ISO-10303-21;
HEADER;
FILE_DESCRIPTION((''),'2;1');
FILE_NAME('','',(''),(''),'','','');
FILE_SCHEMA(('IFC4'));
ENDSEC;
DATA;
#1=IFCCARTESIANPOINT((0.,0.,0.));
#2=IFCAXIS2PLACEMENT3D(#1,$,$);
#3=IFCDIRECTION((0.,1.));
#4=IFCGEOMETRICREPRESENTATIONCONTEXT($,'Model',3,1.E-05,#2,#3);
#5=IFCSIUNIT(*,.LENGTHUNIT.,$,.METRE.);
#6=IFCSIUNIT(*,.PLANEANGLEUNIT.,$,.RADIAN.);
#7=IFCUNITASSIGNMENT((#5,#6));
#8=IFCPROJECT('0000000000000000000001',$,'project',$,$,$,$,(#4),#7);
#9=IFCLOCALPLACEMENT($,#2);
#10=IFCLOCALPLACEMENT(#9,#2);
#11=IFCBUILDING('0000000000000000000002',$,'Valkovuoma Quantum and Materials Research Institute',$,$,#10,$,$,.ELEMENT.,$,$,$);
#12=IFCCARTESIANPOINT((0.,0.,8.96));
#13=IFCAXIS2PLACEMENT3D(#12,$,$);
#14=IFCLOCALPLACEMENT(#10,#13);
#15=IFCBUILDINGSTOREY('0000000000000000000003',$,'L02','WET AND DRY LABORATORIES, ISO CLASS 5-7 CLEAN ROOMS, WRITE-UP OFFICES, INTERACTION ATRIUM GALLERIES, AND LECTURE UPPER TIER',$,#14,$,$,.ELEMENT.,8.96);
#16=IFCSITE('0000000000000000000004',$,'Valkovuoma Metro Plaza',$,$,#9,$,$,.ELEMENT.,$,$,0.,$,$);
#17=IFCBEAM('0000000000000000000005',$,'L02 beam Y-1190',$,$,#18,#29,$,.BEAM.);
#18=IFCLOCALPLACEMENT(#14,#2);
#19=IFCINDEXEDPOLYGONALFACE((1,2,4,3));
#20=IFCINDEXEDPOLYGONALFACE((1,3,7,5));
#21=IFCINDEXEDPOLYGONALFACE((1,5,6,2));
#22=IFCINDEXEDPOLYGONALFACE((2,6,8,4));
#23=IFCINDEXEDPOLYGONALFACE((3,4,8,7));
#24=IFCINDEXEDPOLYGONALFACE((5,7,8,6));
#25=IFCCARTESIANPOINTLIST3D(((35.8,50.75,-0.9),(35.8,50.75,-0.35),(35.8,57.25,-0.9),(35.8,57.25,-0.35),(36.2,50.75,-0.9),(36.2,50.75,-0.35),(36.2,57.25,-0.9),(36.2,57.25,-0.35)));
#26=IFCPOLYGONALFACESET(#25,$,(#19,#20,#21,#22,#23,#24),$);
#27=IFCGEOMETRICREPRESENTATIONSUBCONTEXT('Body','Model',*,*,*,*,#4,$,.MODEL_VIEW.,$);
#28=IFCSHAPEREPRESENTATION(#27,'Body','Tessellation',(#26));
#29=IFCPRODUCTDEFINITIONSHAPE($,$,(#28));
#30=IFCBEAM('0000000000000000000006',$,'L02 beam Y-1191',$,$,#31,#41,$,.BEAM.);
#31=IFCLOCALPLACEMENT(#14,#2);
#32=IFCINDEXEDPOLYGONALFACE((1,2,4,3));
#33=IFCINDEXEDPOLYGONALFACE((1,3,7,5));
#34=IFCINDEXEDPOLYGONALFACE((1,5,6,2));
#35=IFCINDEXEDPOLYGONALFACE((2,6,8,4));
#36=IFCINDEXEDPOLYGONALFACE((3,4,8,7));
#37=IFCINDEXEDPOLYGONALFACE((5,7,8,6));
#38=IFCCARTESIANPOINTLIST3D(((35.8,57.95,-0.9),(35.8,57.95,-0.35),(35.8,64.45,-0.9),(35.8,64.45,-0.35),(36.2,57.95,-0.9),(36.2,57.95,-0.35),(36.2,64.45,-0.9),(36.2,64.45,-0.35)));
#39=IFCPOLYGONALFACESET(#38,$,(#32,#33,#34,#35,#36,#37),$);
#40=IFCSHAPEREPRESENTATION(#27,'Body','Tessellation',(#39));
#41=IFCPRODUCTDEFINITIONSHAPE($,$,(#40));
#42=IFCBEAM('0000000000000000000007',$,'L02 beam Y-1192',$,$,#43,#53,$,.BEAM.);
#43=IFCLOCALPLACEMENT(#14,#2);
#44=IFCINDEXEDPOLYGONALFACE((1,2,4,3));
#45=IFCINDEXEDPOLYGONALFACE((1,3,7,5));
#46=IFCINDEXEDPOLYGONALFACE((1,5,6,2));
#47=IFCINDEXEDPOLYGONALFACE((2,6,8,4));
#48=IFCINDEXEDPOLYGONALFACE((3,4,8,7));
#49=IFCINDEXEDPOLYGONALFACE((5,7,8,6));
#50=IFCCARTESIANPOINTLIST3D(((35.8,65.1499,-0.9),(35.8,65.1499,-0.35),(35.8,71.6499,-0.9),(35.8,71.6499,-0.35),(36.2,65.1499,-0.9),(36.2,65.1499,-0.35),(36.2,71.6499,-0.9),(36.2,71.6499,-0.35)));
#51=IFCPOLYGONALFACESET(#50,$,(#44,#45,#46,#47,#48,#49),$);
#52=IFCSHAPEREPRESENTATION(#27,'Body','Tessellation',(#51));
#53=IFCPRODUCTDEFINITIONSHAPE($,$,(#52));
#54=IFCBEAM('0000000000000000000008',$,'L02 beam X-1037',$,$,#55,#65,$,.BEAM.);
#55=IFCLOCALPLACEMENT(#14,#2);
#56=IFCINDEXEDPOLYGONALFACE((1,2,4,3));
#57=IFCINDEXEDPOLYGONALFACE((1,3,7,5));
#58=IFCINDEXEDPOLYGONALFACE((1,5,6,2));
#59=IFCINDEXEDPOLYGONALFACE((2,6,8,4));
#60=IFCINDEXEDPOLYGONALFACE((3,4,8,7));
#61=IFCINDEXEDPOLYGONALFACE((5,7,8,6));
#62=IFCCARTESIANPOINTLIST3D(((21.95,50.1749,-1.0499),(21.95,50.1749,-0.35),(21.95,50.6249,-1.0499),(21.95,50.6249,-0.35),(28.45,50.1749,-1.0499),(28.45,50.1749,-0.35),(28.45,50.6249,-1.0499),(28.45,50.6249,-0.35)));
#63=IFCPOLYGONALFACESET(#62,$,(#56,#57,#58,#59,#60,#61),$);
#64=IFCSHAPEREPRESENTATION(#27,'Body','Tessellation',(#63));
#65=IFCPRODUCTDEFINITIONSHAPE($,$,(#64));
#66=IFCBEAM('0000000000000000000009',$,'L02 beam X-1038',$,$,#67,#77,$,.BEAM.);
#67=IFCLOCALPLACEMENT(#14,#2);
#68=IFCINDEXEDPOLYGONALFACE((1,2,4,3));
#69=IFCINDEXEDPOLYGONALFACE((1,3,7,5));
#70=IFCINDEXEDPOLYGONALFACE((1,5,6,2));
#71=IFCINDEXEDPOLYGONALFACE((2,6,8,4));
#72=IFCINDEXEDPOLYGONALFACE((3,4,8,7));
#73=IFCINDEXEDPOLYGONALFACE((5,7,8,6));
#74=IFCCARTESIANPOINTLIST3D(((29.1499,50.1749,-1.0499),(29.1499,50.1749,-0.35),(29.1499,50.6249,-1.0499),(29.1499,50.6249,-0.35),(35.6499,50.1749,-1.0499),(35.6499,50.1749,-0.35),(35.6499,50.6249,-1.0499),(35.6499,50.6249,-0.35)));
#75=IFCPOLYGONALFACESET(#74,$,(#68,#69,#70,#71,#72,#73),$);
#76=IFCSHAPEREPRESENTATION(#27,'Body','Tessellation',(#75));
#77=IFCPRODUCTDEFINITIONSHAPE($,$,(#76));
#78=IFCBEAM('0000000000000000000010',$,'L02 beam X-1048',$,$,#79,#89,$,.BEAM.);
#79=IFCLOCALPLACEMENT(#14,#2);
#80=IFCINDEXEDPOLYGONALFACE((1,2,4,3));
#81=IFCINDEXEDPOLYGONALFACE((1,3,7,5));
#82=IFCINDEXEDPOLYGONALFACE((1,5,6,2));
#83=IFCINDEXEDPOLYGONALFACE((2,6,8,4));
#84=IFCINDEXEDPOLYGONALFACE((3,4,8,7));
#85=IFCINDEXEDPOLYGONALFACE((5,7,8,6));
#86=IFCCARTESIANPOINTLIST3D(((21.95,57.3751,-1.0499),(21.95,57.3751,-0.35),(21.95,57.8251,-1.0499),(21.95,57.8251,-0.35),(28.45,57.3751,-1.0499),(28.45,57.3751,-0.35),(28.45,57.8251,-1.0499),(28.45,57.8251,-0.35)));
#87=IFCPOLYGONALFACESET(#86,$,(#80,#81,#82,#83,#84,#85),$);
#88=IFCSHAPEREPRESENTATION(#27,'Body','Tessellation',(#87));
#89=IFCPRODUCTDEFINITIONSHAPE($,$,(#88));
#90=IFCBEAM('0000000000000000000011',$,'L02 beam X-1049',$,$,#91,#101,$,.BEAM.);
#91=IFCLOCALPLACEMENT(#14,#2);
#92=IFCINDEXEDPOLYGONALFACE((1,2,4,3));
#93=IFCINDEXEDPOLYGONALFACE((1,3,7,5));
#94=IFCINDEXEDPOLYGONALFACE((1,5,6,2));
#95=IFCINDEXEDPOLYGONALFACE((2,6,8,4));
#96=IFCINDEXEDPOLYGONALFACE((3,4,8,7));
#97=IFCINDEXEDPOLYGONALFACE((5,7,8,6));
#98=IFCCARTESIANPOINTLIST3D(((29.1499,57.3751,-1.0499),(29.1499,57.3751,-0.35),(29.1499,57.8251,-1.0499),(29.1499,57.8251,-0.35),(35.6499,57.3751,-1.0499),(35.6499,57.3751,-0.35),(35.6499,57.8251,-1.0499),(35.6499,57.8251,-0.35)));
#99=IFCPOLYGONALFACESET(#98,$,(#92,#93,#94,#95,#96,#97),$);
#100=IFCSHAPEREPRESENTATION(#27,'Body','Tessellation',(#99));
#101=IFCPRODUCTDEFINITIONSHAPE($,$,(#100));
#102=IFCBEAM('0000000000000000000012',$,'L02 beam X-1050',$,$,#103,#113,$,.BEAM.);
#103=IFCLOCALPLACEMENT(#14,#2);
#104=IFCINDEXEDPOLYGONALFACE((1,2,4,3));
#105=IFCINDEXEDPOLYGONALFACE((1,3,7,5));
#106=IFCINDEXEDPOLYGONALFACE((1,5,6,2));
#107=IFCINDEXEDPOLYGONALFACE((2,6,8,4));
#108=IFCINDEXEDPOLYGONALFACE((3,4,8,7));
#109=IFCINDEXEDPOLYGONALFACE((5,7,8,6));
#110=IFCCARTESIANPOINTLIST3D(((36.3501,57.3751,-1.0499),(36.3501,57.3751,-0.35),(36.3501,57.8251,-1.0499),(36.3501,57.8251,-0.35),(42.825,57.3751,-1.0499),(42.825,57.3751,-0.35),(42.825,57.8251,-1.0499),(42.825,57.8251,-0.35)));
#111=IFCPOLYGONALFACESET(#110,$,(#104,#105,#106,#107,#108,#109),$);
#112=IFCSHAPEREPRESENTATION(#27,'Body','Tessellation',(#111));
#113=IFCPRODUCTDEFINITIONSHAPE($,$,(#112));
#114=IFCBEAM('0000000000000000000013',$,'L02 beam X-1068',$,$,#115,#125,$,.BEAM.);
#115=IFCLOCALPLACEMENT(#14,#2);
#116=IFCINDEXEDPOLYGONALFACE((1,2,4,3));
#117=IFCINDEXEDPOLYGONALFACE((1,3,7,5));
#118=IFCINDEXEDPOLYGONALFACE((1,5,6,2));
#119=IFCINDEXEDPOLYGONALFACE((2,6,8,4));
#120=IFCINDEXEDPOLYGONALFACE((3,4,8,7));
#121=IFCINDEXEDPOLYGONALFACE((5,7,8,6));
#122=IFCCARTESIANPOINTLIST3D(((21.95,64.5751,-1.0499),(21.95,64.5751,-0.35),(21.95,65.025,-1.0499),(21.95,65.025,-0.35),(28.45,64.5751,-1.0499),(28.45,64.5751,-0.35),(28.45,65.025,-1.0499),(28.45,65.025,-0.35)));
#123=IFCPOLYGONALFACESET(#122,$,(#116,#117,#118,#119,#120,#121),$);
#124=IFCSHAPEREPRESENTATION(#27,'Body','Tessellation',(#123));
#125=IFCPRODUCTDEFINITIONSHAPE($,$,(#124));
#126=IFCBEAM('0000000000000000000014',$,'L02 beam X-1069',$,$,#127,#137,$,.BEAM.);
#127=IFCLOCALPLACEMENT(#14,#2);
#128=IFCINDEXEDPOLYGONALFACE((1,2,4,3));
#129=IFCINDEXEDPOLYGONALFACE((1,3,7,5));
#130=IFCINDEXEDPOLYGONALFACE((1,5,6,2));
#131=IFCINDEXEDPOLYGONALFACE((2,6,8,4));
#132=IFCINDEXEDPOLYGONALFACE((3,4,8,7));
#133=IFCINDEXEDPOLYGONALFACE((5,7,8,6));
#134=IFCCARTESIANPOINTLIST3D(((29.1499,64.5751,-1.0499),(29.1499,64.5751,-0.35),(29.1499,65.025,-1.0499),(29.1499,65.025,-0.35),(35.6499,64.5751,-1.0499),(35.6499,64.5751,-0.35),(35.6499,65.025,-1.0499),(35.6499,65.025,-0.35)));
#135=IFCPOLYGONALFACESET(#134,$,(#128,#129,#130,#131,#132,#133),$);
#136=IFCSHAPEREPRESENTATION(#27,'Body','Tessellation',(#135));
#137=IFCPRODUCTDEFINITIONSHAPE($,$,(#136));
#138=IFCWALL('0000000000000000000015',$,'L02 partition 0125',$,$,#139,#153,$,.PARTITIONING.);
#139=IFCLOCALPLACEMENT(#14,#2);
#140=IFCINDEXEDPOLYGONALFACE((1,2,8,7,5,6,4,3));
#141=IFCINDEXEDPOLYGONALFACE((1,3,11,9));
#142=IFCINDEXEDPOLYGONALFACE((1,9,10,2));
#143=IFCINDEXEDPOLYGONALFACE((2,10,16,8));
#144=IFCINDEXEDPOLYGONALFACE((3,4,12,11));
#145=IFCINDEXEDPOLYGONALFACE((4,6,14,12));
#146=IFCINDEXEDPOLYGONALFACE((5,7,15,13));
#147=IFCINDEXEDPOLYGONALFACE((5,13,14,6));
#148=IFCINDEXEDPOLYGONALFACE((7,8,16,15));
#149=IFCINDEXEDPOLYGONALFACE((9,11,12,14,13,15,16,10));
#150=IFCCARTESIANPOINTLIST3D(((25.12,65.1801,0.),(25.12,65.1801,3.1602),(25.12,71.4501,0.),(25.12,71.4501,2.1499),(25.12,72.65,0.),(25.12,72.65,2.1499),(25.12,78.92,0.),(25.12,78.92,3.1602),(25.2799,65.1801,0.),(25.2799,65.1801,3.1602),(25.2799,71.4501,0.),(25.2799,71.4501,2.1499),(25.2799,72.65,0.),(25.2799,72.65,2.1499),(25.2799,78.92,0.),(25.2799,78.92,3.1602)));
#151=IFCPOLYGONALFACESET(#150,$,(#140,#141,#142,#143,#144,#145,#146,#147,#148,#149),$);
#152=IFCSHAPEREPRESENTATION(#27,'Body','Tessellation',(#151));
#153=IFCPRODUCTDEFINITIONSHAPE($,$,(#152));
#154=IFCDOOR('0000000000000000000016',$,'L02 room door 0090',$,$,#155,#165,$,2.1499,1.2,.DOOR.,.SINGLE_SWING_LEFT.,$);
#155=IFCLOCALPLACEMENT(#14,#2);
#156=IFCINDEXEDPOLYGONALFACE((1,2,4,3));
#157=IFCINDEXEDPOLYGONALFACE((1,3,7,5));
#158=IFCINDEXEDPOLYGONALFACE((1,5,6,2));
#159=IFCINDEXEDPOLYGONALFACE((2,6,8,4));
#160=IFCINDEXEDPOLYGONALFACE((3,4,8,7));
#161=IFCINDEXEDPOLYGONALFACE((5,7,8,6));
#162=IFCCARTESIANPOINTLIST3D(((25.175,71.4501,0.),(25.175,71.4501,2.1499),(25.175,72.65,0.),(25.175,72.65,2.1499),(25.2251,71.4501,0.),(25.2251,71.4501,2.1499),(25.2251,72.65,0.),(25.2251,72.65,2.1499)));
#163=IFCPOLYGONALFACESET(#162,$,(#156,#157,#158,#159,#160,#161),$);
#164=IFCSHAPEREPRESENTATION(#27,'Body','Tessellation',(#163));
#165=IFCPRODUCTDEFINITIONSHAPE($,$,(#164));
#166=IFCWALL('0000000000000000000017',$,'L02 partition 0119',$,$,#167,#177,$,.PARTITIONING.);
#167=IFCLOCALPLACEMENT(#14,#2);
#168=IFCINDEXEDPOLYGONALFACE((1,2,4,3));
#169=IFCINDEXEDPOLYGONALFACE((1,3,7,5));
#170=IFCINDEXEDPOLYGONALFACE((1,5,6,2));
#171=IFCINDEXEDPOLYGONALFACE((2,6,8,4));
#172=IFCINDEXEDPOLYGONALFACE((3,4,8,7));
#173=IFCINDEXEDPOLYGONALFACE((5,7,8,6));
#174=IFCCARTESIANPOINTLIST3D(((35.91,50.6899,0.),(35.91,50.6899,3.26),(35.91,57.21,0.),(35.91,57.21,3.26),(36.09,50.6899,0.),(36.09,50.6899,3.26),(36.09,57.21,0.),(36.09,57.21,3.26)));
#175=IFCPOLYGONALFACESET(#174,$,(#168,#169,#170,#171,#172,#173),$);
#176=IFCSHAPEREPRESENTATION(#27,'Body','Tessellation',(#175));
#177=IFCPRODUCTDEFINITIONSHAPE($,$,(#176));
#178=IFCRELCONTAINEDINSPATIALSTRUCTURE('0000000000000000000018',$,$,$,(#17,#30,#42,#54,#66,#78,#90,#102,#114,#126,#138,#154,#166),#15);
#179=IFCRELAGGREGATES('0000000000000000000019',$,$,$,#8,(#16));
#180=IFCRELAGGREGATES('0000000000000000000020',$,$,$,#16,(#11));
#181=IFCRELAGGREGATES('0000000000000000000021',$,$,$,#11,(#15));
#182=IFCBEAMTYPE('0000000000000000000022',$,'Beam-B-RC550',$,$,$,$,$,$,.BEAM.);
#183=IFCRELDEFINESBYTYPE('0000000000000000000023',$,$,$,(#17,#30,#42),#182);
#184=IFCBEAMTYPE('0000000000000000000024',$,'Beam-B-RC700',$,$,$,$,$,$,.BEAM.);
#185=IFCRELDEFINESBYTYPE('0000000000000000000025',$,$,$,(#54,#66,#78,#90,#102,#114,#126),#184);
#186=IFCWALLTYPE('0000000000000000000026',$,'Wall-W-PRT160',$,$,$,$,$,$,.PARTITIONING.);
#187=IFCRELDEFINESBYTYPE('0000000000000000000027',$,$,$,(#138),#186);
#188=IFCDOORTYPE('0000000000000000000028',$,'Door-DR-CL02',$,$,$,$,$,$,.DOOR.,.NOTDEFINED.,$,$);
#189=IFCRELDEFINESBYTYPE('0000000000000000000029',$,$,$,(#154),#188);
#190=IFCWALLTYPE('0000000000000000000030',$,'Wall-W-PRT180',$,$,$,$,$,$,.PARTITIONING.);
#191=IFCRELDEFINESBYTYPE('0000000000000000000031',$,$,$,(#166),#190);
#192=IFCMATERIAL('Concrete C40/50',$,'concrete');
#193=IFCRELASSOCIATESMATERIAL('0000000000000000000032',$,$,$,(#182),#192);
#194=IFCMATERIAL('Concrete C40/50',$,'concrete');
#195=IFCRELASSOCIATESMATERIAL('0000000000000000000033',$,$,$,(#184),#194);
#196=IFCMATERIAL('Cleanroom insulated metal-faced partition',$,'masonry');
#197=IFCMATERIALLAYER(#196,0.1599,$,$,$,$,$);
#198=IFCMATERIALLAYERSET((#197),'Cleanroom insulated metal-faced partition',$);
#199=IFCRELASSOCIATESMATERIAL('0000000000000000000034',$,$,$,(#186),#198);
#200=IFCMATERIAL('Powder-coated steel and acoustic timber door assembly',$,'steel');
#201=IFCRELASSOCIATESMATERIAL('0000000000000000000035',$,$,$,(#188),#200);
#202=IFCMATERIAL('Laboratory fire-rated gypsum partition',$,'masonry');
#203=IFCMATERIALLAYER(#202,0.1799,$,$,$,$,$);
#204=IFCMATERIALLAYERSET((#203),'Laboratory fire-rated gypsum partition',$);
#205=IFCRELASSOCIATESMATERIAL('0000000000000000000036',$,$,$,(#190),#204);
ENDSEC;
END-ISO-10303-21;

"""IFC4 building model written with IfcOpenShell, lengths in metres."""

from ifc_helpers import new_model, si_unit, direction, frame, frame_2d, origin, origin_2d, place, context, subcontext, project, spatial, rectangle, extrude, material, layer, layer_set, material_profile, profile_set, type_object, element, fill, save


model = new_model("IFC4")

# Units and contexts
model_context = context("Model", 3, precision=1e-05, world=origin(), true_north=direction((0.0, 1.0)))
body_context = subcontext(model_context, "Body", "Model", "MODEL_VIEW")
ifc_project = project(units=[si_unit("LENGTHUNIT", "METRE"), si_unit("PLANEANGLEUNIT", "RADIAN")], contexts=[model_context])

# Site, building, storey
site_placement = place(None, origin())
site = spatial("IfcSite", under=ifc_project, at=site_placement, Name="Valkovuoma Metro Plaza", CompositionType="ELEMENT", RefElevation=0.0)
building_placement = place(site_placement, origin())
building = spatial("IfcBuilding", under=site, at=building_placement, Name="Valkovuoma Quantum and Materials Research Institute", CompositionType="ELEMENT")
storey_placement = place(building_placement, frame((0.0, 0.0, 8.96)))
storey = spatial("IfcBuildingStorey", under=building, at=storey_placement, Name="L02", Description="WET AND DRY LABORATORIES, ISO CLASS 5-7 CLEAN ROOMS, WRITE-UP OFFICES, INTERACTION ATRIUM GALLERIES, AND LECTURE UPPER TIER", CompositionType="ELEMENT", Elevation=8.96)

# Beams
ifc_material_1 = material(Name="Concrete C40/50", Category="concrete")
ifc_material_profile_1 = material_profile(ifc_material_1, rectangle(XDim=0.3999, YDim=0.55, at=origin_2d()), Name="Concrete C40/50")
ifc_profile_set_1 = profile_set([ifc_material_profile_1], Name="Concrete C40/50")
beam_type_1 = type_object("IfcBeamType", Name="Beam-B-RC550", PredefinedType="BEAM", material=ifc_profile_set_1)
for number, where, z_axis, x_axis, name in (
    (1, (36.0, 50.75, -0.625), (0.0, 1.0, 0.0), (-1.0, 0.0, 0.0), "L02 beam Y-1190"),
    (2, (36.0, 57.95, -0.625), (0.0, 1.0, 0.0), (-1.0, 0.0, 0.0), "L02 beam Y-1191"),
    (3, (36.0, 65.1499, -0.625), (0.0, 1.0, 0.0), (-1.0, 0.0, 0.0), "L02 beam Y-1192"),
):
    element("IfcBeam", number, at=place(storey_placement, frame(where, z_axis=z_axis, x_axis=x_axis)), inside=storey, type_object=beam_type_1, Name=name, PredefinedType="BEAM", context=body_context, shape_type="SweptSolid", body=[
        extrude(rectangle(XDim=0.3999, YDim=0.55, at=origin_2d()), origin(), (0.0, 0.0, 1.0), 6.5),
    ])
ifc_material_2 = material(Name="Concrete C40/50", Category="concrete")
ifc_material_profile_2 = material_profile(ifc_material_2, rectangle(XDim=0.45, YDim=0.7, at=origin_2d()), Name="Concrete C40/50")
ifc_profile_set_2 = profile_set([ifc_material_profile_2], Name="Concrete C40/50")
beam_type_2 = type_object("IfcBeamType", Name="Beam-B-RC700", PredefinedType="BEAM", material=ifc_profile_set_2)
for number, where, z_axis, x_axis, name in (
    (4, (21.95, 50.3999, -0.7), (1.0, 0.0, 0.0), (0.0, 1.0, 0.0), "L02 beam X-1037"),
    (5, (29.1499, 50.3999, -0.7), (1.0, 0.0, 0.0), (0.0, 1.0, 0.0), "L02 beam X-1038"),
    (6, (21.95, 57.6001, -0.7), (1.0, 0.0, 0.0), (0.0, 1.0, 0.0), "L02 beam X-1048"),
    (7, (29.1499, 57.6001, -0.7), (1.0, 0.0, 0.0), (0.0, 1.0, 0.0), "L02 beam X-1049"),
):
    element("IfcBeam", number, at=place(storey_placement, frame(where, z_axis=z_axis, x_axis=x_axis)), inside=storey, type_object=beam_type_2, Name=name, PredefinedType="BEAM", context=body_context, shape_type="SweptSolid", body=[
        extrude(rectangle(XDim=0.45, YDim=0.7, at=origin_2d()), origin(), (0.0, 0.0, 1.0), 6.5),
    ])
beam_placement = place(storey_placement, frame((36.3501, 57.6001, -0.7), z_axis=(1.0, 0.0, 0.0), x_axis=(0.0, 1.0, 0.0)))
element("IfcBeam", 8, at=beam_placement, inside=storey, type_object=beam_type_2, Name="L02 beam X-1050", PredefinedType="BEAM", context=body_context, shape_type="SweptSolid", body=[
    extrude(rectangle(XDim=0.45, YDim=0.7, at=origin_2d()), origin(), (0.0, 0.0, 1.0), 6.4749),
])
for number, where, z_axis, x_axis, name in (
    (9, (21.95, 64.8, -0.7), (1.0, 0.0, 0.0), (0.0, 1.0, 0.0), "L02 beam X-1068"),
    (10, (29.1499, 64.8, -0.7), (1.0, 0.0, 0.0), (0.0, 1.0, 0.0), "L02 beam X-1069"),
):
    element("IfcBeam", number, at=place(storey_placement, frame(where, z_axis=z_axis, x_axis=x_axis)), inside=storey, type_object=beam_type_2, Name=name, PredefinedType="BEAM", context=body_context, shape_type="SweptSolid", body=[
        extrude(rectangle(XDim=0.45, YDim=0.7, at=origin_2d()), origin(), (0.0, 0.0, 1.0), 6.5),
    ])

# Wall, opening, door
ifc_material_3 = material(Name="Cleanroom insulated metal-faced partition", Category="masonry")
ifc_layer_1 = layer(ifc_material_3, 0.1599)
ifc_layer_set_1 = layer_set([ifc_layer_1], Name="Cleanroom insulated metal-faced partition")
wall_type_1 = type_object("IfcWallType", Name="Wall-W-PRT160", PredefinedType="PARTITIONING", material=ifc_layer_set_1)
wall_1_placement = place(storey_placement, frame((25.2, 65.1799, 0.0), z_axis=(0.0, 0.0, 1.0), x_axis=(0.0, 1.0, 0.0)))
wall_1 = element("IfcWall", 11, at=wall_1_placement, inside=storey, type_object=wall_type_1, Name="L02 partition 0125", PredefinedType="PARTITIONING", context=body_context, shape_type="SweptSolid", body=[
    extrude(rectangle(XDim=13.74, YDim=0.1599, at=frame_2d((6.8701, 0.0))), origin(), (0.0, 0.0, 1.0), 3.1602),
])
opening_placement = place(wall_1_placement, frame((6.27, 0.0, 0.0)))
opening = element("IfcOpeningElement", 12, at=opening_placement, cuts=wall_1, PredefinedType="OPENING", context=body_context, shape_type="SweptSolid", body=[
    extrude(rectangle(XDim=1.2, YDim=2.1499, at=frame_2d((0.6001, 1.075))), frame((0.0, 0.0898, 0.0), z_axis=(0.0, -1.0, 0.0), x_axis=(1.0, 0.0, 0.0)), (0.0, 0.0, 1.0), 0.1799),
])
ifc_material_4 = material(Name="Powder-coated steel and acoustic timber door assembly", Category="steel")
door_type = type_object("IfcDoorType", Name="Door-DR-CL02", OperationType="NOTDEFINED", PredefinedType="DOOR", material=ifc_material_4)
door_placement = place(opening_placement, origin())
door = element("IfcDoor", 13, at=door_placement, inside=storey, type_object=door_type, Name="L02 room door 0090", OperationType="SINGLE_SWING_LEFT", OverallHeight=2.1499, OverallWidth=1.2, PredefinedType="DOOR", context=body_context, shape_type="SweptSolid", body=[
    extrude(rectangle(XDim=1.2, YDim=2.1499, at=frame_2d((0.6001, 1.075))), frame((0.0, 0.0249, 0.0), z_axis=(0.0, -1.0, 0.0), x_axis=(1.0, 0.0, 0.0)), (0.0, 0.0, 1.0), 0.05),
])
fill(opening, door)

# Wall
ifc_material_5 = material(Name="Laboratory fire-rated gypsum partition", Category="masonry")
ifc_layer_2 = layer(ifc_material_5, 0.1799)
ifc_layer_set_2 = layer_set([ifc_layer_2], Name="Laboratory fire-rated gypsum partition")
wall_type_2 = type_object("IfcWallType", Name="Wall-W-PRT180", PredefinedType="PARTITIONING", material=ifc_layer_set_2)
wall_2_placement = place(storey_placement, frame((36.0, 50.6899, 0.0), z_axis=(0.0, 0.0, 1.0), x_axis=(0.0, 1.0, 0.0)))
element("IfcWall", 14, at=wall_2_placement, inside=storey, type_object=wall_type_2, Name="L02 partition 0119", PredefinedType="PARTITIONING", context=body_context, shape_type="SweptSolid", body=[
    extrude(rectangle(XDim=6.52, YDim=0.1799, at=frame_2d((3.26, 0.0))), origin(), (0.0, 0.0, 1.0), 3.26),
])

save(model, "model.ifc")
